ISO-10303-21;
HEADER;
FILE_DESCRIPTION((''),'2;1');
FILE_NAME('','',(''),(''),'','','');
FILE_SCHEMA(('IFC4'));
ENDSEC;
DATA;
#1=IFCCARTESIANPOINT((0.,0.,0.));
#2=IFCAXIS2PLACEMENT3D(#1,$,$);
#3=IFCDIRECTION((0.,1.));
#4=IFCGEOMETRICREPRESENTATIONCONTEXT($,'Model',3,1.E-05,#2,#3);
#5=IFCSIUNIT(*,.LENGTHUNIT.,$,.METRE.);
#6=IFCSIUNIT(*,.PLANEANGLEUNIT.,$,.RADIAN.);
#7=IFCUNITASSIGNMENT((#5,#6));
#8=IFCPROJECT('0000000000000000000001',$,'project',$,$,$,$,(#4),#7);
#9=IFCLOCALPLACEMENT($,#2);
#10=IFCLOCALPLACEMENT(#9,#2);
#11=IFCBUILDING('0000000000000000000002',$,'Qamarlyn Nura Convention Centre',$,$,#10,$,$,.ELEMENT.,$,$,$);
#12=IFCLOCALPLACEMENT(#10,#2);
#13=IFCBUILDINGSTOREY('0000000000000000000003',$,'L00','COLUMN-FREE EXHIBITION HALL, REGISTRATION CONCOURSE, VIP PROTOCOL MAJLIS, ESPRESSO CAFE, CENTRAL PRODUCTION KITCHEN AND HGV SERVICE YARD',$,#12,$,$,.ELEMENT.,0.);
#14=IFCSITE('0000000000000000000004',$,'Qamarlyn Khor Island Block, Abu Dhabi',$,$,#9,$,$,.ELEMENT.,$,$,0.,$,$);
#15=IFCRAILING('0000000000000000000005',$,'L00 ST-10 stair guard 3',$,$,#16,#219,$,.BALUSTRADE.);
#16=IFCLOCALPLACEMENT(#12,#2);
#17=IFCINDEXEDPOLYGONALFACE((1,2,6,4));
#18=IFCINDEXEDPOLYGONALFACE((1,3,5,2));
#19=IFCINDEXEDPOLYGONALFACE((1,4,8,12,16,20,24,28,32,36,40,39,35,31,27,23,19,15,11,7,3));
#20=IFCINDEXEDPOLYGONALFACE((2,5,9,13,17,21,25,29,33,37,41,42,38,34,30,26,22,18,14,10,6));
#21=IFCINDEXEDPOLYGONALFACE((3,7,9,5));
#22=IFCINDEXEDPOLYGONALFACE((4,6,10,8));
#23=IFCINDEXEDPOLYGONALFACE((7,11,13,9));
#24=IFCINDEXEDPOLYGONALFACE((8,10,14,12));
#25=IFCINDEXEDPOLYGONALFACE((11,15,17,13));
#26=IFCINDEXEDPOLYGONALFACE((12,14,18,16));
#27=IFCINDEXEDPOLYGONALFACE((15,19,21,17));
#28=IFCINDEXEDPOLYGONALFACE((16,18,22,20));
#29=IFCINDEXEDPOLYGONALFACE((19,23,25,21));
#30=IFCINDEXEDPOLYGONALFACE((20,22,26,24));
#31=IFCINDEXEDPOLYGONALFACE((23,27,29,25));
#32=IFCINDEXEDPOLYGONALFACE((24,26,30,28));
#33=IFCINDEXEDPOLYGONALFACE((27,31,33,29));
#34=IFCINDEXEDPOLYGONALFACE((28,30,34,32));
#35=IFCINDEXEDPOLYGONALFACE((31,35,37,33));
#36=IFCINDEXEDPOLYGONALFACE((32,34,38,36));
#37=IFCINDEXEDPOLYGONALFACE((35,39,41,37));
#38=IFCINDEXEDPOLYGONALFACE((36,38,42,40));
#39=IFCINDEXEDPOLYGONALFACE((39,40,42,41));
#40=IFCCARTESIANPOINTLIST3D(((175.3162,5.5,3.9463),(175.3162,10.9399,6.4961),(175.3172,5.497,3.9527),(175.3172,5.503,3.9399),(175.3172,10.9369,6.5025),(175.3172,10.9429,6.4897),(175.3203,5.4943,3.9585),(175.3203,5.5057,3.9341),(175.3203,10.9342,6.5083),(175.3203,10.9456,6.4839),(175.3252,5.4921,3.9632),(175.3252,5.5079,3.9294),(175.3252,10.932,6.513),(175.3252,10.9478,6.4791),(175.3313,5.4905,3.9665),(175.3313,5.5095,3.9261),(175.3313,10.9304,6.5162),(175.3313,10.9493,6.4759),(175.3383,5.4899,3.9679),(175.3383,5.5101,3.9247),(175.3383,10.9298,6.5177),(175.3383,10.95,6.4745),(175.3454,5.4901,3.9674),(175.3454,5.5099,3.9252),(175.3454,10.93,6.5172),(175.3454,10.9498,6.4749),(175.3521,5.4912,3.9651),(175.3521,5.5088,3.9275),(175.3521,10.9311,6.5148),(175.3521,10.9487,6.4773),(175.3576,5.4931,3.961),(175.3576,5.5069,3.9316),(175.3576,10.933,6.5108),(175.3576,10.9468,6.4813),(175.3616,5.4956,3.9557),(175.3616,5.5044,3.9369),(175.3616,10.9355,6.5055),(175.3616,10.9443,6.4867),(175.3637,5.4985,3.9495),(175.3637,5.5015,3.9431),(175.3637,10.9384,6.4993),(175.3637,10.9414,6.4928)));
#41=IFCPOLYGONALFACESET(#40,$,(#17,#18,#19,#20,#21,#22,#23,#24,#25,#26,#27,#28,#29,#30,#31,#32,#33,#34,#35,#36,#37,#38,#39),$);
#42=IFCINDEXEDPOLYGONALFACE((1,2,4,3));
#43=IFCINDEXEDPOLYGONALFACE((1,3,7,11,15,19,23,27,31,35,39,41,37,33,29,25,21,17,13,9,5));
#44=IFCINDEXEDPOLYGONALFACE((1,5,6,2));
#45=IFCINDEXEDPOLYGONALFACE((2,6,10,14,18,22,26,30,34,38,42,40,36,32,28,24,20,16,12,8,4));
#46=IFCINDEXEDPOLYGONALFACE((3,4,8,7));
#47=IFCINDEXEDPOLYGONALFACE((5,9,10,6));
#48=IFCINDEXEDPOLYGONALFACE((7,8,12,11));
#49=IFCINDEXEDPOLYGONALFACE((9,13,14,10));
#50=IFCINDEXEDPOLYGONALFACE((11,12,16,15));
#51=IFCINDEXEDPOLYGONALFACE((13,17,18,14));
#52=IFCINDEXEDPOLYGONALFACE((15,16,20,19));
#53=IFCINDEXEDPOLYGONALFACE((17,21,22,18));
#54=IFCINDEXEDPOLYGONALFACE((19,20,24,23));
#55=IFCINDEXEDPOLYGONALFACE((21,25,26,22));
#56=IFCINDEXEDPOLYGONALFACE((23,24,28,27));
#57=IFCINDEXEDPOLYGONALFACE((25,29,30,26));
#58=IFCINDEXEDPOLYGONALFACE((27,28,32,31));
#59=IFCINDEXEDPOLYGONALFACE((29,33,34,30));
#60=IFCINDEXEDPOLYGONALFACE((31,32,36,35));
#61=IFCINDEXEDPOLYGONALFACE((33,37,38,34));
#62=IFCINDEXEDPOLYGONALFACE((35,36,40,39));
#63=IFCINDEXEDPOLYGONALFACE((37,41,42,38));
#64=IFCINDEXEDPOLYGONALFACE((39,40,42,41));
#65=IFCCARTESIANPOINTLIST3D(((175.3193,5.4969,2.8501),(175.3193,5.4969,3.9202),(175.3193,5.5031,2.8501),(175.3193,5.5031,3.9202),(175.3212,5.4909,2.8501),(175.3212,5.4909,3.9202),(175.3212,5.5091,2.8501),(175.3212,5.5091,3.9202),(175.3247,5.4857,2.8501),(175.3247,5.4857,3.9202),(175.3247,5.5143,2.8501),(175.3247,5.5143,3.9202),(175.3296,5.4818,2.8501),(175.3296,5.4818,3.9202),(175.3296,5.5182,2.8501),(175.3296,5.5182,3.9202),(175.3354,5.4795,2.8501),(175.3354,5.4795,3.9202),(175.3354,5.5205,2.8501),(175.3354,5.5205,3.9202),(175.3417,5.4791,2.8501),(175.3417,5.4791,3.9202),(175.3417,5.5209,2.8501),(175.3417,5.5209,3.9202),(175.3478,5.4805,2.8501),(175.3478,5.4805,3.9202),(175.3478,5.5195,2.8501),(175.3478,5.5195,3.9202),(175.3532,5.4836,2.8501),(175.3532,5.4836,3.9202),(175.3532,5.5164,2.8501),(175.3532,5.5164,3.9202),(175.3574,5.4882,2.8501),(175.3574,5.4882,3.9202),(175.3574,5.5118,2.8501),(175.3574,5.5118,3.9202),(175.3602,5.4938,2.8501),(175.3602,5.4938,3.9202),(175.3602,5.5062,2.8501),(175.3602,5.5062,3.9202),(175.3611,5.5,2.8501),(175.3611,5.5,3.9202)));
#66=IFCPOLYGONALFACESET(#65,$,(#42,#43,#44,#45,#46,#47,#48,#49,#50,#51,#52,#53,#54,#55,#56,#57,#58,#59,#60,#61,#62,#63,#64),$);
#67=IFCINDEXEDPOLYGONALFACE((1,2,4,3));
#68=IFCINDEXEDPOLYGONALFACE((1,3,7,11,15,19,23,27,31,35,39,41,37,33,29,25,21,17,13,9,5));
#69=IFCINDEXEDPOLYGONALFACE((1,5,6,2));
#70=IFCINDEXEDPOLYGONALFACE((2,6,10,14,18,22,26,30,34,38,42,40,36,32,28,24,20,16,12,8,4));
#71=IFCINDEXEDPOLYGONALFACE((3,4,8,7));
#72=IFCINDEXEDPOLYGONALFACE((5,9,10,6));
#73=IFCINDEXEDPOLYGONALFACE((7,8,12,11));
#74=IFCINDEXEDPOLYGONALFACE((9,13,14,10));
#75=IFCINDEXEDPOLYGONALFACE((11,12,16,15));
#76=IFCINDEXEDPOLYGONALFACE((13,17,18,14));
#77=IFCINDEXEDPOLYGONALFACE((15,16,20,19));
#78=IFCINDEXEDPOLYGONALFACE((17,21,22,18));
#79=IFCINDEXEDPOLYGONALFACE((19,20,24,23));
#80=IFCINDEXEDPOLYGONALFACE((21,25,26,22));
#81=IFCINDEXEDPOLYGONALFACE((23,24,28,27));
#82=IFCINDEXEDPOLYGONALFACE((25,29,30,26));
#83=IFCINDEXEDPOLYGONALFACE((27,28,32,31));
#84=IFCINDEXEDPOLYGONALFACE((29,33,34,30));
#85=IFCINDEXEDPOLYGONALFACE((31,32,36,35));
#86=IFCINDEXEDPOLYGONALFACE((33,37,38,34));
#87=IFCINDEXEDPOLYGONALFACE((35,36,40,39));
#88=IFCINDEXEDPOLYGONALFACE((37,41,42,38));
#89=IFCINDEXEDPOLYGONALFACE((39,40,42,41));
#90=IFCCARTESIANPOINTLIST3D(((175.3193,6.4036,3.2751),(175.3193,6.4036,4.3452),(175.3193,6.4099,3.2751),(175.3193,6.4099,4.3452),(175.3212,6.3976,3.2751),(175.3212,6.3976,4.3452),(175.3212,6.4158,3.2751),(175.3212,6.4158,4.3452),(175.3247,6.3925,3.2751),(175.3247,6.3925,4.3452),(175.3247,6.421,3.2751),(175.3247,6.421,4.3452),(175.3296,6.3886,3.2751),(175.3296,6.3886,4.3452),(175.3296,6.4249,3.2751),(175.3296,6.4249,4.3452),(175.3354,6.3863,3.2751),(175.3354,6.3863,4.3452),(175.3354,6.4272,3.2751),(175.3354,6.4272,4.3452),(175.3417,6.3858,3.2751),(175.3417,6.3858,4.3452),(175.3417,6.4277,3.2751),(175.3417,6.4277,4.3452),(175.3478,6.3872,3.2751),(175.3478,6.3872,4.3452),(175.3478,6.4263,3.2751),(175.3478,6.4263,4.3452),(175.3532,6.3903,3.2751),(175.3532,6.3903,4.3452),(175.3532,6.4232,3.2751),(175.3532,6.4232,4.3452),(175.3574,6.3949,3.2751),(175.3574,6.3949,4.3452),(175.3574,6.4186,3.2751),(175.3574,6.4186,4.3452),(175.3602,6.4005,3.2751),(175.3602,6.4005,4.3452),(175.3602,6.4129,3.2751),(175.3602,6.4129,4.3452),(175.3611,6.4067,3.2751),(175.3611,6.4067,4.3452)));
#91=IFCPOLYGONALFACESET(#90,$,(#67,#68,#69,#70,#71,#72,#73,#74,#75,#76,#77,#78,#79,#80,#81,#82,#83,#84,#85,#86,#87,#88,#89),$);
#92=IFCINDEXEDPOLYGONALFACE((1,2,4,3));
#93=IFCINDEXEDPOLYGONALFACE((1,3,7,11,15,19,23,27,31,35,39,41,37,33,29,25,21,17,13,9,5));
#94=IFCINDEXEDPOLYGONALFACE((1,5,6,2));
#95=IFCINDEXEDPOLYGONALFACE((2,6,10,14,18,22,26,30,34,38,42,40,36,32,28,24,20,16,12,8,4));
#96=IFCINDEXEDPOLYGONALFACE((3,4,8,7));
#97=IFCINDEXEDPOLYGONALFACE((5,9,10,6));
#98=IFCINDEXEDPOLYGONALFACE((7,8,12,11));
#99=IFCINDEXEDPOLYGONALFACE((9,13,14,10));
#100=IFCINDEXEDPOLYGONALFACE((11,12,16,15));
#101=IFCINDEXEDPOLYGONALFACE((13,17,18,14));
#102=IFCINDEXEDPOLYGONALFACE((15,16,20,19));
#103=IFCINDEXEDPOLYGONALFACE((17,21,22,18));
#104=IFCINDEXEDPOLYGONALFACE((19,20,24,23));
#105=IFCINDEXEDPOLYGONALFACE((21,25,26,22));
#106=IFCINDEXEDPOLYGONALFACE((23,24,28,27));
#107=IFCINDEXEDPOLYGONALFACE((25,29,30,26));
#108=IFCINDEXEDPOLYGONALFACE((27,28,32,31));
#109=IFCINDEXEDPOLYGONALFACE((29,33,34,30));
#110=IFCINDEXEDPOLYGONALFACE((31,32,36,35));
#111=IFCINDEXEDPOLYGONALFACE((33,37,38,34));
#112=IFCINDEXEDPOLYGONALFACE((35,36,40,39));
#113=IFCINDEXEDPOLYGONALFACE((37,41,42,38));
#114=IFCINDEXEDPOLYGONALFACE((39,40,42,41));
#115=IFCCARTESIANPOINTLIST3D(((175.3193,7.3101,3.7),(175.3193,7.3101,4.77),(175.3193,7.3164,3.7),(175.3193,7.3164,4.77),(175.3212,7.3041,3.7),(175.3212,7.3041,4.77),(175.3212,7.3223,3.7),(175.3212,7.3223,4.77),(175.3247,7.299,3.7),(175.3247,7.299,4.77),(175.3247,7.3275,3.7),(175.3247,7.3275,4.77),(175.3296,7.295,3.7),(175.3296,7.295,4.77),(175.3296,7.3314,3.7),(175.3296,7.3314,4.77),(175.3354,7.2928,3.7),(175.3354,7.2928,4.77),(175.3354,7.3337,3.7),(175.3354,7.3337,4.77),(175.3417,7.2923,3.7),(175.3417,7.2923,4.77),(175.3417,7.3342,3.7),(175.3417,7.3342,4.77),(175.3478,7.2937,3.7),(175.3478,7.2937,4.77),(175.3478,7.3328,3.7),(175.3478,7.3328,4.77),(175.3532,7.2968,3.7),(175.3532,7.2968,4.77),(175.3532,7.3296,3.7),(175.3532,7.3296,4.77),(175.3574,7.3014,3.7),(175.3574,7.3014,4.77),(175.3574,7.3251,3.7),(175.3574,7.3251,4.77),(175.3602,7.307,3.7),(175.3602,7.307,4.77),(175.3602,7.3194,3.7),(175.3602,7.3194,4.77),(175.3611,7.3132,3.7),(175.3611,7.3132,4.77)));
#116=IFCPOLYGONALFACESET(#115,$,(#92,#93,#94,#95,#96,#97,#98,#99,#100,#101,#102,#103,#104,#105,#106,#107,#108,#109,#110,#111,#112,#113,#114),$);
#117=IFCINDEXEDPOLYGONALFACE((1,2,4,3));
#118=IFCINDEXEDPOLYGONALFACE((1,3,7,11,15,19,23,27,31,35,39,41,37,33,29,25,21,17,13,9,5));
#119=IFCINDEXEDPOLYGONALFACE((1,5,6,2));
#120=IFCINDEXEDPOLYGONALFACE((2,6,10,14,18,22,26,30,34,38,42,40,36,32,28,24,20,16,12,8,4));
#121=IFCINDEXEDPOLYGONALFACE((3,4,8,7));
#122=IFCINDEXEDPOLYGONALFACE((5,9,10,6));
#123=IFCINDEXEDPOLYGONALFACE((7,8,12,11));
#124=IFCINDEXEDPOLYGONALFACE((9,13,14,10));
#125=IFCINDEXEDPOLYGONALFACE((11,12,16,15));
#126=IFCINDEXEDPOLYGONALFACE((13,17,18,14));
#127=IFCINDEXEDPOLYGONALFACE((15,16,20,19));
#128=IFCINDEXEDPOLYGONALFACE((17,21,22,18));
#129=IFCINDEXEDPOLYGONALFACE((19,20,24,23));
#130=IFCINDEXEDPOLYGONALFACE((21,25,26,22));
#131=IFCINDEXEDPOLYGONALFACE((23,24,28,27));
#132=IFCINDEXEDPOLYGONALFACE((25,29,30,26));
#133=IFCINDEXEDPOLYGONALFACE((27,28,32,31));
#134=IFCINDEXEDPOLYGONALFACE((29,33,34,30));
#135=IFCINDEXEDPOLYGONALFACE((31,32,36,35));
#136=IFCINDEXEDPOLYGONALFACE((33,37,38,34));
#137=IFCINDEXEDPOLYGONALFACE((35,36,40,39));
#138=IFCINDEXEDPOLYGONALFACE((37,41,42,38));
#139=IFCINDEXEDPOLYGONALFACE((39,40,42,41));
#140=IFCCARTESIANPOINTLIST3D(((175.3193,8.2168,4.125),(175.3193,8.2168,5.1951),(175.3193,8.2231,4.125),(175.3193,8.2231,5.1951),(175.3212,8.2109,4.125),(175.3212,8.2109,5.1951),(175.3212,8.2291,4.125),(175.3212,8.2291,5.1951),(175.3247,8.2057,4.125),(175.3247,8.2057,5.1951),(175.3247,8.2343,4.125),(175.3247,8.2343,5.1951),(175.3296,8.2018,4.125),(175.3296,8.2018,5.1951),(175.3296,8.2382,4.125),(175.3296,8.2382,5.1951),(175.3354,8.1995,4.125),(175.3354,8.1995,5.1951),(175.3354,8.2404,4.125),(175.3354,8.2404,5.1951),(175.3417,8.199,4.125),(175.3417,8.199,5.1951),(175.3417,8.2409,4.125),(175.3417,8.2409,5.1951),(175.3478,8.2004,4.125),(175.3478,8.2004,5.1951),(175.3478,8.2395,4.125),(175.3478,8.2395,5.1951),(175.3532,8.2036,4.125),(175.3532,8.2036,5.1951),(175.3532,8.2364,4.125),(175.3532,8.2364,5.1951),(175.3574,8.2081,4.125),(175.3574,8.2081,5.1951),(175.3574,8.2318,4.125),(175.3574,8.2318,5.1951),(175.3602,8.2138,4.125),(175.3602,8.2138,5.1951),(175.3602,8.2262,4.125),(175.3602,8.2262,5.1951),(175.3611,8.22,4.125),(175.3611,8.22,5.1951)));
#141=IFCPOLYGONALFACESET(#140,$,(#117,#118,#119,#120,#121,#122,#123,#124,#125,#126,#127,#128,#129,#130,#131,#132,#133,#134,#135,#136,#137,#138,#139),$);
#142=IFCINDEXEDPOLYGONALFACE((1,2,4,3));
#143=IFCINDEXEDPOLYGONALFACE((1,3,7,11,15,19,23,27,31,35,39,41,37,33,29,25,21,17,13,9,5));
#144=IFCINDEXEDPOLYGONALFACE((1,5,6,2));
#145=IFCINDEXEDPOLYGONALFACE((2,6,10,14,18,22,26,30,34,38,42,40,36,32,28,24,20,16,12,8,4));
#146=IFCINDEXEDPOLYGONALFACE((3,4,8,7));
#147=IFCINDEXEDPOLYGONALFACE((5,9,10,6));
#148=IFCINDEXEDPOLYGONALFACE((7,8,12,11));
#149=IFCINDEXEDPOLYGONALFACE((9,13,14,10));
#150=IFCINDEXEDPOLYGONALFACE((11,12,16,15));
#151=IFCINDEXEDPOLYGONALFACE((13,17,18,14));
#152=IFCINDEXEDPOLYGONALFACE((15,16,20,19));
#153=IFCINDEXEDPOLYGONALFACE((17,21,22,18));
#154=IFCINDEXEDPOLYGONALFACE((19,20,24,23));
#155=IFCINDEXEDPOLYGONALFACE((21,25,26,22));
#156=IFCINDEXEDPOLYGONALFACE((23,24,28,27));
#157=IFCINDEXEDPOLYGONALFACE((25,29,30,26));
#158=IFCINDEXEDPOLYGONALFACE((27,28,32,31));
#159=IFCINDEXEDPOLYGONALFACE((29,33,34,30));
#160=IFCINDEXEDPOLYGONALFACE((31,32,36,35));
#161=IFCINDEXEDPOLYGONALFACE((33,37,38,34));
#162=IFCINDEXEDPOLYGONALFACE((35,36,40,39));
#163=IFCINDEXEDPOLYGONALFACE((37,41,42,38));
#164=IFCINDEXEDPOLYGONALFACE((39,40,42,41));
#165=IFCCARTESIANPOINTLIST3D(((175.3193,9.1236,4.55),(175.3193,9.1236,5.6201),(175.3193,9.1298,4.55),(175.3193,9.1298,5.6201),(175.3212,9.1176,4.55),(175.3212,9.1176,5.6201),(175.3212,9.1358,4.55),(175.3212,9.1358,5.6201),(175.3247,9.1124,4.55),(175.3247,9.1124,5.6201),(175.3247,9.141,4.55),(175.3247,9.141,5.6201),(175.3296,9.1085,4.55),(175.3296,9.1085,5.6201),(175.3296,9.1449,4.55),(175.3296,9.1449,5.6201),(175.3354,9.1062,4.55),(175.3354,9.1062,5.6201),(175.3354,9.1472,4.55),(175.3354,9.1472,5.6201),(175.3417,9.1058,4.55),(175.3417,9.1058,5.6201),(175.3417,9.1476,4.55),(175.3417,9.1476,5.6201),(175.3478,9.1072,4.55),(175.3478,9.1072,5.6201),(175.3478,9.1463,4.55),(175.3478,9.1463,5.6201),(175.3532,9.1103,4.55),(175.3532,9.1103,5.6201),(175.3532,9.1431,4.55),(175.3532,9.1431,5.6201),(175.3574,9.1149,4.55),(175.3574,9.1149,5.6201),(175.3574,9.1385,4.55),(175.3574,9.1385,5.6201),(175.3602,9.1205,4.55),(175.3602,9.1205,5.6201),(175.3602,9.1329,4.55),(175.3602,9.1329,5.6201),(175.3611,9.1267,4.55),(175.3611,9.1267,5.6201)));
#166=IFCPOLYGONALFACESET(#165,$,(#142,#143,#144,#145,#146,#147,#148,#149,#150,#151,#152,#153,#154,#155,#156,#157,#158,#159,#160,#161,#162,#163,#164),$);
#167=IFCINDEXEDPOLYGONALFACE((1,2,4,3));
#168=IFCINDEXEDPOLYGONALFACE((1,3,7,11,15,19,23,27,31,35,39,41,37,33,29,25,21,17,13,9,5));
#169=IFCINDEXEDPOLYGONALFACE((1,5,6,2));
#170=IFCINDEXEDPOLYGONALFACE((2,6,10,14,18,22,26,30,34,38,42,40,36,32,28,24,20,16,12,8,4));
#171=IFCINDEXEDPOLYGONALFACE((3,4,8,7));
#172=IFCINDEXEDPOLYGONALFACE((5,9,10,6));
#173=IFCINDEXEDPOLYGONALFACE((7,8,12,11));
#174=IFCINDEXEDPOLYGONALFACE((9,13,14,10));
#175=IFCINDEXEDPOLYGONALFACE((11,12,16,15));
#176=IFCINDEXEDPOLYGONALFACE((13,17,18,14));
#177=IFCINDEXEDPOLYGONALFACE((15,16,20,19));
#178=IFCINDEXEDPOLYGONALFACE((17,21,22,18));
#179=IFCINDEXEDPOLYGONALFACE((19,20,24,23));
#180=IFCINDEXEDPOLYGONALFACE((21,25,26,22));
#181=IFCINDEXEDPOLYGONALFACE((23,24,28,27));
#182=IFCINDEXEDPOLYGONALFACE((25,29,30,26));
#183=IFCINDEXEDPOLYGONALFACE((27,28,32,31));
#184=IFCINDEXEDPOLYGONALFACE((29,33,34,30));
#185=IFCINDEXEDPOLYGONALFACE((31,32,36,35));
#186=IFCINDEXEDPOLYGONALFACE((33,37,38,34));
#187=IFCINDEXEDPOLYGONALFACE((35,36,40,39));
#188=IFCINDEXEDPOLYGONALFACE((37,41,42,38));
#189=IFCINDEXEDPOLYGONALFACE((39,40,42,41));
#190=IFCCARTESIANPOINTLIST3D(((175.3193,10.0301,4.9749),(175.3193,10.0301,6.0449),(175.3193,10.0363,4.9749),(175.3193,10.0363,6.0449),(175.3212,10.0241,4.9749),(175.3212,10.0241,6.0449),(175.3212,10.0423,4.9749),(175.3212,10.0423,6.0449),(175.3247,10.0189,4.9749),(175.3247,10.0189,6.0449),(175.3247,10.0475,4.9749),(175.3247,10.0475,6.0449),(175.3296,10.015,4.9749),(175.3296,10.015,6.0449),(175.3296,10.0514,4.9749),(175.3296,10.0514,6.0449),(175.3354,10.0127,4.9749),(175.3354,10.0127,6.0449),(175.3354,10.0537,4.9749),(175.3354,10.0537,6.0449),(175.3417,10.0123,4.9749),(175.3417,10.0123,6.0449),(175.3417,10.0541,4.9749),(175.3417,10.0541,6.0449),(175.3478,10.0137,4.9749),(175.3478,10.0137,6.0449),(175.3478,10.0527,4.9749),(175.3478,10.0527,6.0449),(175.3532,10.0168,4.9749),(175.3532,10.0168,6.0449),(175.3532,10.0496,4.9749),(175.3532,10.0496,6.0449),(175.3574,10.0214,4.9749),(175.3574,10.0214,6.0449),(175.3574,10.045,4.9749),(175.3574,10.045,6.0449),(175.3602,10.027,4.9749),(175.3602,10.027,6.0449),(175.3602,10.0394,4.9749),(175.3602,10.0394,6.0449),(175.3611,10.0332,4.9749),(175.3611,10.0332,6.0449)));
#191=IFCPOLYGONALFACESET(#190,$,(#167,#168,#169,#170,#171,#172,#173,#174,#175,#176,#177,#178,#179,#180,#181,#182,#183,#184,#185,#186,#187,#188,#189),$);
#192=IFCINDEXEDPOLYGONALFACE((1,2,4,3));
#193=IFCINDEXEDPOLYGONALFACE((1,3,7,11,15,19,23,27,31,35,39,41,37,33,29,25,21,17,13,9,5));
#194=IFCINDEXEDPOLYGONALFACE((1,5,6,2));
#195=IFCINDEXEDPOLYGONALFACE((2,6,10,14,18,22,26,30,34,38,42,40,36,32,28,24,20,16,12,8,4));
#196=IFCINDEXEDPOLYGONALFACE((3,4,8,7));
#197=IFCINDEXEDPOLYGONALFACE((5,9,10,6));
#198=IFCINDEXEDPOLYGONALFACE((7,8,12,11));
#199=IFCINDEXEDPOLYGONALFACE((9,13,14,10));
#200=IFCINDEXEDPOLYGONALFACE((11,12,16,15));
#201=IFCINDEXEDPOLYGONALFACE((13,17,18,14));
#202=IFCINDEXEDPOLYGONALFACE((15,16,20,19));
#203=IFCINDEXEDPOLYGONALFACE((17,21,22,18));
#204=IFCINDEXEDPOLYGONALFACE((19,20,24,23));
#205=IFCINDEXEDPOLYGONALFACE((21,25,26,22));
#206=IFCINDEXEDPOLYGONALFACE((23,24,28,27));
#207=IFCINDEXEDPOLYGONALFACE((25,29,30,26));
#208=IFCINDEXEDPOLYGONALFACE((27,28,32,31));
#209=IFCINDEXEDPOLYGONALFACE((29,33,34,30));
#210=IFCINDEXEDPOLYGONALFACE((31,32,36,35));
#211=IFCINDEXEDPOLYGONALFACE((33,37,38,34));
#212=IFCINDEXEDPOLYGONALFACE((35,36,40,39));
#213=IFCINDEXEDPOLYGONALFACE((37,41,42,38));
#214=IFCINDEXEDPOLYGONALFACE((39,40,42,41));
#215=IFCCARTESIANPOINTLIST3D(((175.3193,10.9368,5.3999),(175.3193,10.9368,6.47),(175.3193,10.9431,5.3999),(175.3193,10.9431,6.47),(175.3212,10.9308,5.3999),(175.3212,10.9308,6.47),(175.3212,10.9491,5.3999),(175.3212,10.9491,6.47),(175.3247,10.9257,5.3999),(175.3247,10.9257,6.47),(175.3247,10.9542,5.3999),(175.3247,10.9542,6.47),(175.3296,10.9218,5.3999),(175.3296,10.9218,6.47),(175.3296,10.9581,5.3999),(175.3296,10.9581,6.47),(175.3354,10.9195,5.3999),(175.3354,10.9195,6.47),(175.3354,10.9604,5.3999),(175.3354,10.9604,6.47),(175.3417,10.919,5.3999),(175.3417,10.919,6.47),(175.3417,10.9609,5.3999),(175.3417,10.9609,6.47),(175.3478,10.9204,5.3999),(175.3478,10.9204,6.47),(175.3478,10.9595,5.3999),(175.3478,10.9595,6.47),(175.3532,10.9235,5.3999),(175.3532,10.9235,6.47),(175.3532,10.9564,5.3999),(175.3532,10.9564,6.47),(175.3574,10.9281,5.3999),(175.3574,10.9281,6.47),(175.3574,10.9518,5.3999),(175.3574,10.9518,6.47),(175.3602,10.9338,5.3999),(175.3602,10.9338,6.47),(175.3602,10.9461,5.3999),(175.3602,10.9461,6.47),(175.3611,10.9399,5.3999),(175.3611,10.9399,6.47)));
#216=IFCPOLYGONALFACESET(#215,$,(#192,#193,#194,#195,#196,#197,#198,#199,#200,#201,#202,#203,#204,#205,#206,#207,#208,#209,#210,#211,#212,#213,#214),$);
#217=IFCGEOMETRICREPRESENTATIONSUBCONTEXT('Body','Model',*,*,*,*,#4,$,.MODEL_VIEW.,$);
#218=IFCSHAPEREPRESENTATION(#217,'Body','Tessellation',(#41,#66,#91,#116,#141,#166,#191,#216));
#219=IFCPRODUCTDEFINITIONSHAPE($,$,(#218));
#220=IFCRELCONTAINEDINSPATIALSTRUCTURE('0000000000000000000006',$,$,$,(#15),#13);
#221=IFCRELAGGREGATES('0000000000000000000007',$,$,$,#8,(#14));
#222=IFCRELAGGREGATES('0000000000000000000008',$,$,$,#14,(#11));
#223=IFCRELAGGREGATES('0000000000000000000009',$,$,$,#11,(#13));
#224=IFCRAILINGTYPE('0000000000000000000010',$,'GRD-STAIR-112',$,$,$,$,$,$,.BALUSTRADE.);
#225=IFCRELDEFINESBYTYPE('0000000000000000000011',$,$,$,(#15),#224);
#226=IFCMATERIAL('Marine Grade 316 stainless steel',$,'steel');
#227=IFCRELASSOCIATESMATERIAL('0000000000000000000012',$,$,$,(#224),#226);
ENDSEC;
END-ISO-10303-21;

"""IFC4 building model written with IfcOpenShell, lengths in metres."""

from ifc_helpers import new_model, si_unit, direction, frame, origin, origin_2d, place, context, subcontext, project, spatial, circle, extrude, material, type_object, element, save


model = new_model("IFC4")

# Units and contexts
model_context = context("Model", 3, precision=1e-05, world=origin(), true_north=direction((0.0, 1.0)))
body_context = subcontext(model_context, "Body", "Model", "MODEL_VIEW")
ifc_project = project(units=[si_unit("LENGTHUNIT", "METRE"), si_unit("PLANEANGLEUNIT", "RADIAN")], contexts=[model_context])

# Site, building, storey
site_placement = place(None, origin())
site = spatial("IfcSite", under=ifc_project, at=site_placement, Name="Qamarlyn Khor Island Block, Abu Dhabi", CompositionType="ELEMENT", RefElevation=0.0)
building_placement = place(site_placement, origin())
building = spatial("IfcBuilding", under=site, at=building_placement, Name="Qamarlyn Nura Convention Centre", CompositionType="ELEMENT")
storey_placement = place(building_placement, origin())
storey = spatial("IfcBuildingStorey", under=building, at=storey_placement, Name="L00", Description="COLUMN-FREE EXHIBITION HALL, REGISTRATION CONCOURSE, VIP PROTOCOL MAJLIS, ESPRESSO CAFE, CENTRAL PRODUCTION KITCHEN AND HGV SERVICE YARD", CompositionType="ELEMENT", Elevation=0.0)

# Railing
ifc_material_1 = material(Name="Marine Grade 316 stainless steel", Category="steel")
railing_type_1 = type_object("IfcRailingType", Name="GRD-STAIR-112", PredefinedType="BALUSTRADE", material=ifc_material_1)
railing_1_placement = place(storey_placement, frame((175.3401, 5.5, 2.8501)))
element("IfcRailing", 1, at=railing_1_placement, inside=storey, type_object=railing_type_1, Name="L00 ST-10 stair guard 3", PredefinedType="BALUSTRADE", context=body_context, shape_type="SweptSolid", body=[
    extrude(circle(Radius=0.0239, at=origin_2d()), frame((0.0, 0.0, 1.0962), z_axis=(0.0, 0.90547, 0.424411), x_axis=(-1.0, 0.0, 0.0)), (0.0, 0.0, 1.0), 6.0078),
    extrude(circle(Radius=0.021, at=origin_2d()), origin(), (0.0, 0.0, 1.0), 1.0701),
    extrude(circle(Radius=0.021, at=origin_2d()), frame((0.0, 0.9067, 0.425)), (0.0, 0.0, 1.0), 1.0701),
    extrude(circle(Radius=0.021, at=origin_2d()), frame((0.0, 1.8132, 0.8499)), (0.0, 0.0, 1.0), 1.0701),
    extrude(circle(Radius=0.021, at=origin_2d()), frame((0.0, 2.72, 1.2749)), (0.0, 0.0, 1.0), 1.0701),
    extrude(circle(Radius=0.021, at=origin_2d()), frame((0.0, 3.6267, 1.7)), (0.0, 0.0, 1.0), 1.0701),
    extrude(circle(Radius=0.021, at=origin_2d()), frame((0.0, 4.5332, 2.1248)), (0.0, 0.0, 1.0), 1.0701),
    extrude(circle(Radius=0.021, at=origin_2d()), frame((0.0, 5.4399, 2.5498)), (0.0, 0.0, 1.0), 1.0701),
])

save(model, "model.ifc")
